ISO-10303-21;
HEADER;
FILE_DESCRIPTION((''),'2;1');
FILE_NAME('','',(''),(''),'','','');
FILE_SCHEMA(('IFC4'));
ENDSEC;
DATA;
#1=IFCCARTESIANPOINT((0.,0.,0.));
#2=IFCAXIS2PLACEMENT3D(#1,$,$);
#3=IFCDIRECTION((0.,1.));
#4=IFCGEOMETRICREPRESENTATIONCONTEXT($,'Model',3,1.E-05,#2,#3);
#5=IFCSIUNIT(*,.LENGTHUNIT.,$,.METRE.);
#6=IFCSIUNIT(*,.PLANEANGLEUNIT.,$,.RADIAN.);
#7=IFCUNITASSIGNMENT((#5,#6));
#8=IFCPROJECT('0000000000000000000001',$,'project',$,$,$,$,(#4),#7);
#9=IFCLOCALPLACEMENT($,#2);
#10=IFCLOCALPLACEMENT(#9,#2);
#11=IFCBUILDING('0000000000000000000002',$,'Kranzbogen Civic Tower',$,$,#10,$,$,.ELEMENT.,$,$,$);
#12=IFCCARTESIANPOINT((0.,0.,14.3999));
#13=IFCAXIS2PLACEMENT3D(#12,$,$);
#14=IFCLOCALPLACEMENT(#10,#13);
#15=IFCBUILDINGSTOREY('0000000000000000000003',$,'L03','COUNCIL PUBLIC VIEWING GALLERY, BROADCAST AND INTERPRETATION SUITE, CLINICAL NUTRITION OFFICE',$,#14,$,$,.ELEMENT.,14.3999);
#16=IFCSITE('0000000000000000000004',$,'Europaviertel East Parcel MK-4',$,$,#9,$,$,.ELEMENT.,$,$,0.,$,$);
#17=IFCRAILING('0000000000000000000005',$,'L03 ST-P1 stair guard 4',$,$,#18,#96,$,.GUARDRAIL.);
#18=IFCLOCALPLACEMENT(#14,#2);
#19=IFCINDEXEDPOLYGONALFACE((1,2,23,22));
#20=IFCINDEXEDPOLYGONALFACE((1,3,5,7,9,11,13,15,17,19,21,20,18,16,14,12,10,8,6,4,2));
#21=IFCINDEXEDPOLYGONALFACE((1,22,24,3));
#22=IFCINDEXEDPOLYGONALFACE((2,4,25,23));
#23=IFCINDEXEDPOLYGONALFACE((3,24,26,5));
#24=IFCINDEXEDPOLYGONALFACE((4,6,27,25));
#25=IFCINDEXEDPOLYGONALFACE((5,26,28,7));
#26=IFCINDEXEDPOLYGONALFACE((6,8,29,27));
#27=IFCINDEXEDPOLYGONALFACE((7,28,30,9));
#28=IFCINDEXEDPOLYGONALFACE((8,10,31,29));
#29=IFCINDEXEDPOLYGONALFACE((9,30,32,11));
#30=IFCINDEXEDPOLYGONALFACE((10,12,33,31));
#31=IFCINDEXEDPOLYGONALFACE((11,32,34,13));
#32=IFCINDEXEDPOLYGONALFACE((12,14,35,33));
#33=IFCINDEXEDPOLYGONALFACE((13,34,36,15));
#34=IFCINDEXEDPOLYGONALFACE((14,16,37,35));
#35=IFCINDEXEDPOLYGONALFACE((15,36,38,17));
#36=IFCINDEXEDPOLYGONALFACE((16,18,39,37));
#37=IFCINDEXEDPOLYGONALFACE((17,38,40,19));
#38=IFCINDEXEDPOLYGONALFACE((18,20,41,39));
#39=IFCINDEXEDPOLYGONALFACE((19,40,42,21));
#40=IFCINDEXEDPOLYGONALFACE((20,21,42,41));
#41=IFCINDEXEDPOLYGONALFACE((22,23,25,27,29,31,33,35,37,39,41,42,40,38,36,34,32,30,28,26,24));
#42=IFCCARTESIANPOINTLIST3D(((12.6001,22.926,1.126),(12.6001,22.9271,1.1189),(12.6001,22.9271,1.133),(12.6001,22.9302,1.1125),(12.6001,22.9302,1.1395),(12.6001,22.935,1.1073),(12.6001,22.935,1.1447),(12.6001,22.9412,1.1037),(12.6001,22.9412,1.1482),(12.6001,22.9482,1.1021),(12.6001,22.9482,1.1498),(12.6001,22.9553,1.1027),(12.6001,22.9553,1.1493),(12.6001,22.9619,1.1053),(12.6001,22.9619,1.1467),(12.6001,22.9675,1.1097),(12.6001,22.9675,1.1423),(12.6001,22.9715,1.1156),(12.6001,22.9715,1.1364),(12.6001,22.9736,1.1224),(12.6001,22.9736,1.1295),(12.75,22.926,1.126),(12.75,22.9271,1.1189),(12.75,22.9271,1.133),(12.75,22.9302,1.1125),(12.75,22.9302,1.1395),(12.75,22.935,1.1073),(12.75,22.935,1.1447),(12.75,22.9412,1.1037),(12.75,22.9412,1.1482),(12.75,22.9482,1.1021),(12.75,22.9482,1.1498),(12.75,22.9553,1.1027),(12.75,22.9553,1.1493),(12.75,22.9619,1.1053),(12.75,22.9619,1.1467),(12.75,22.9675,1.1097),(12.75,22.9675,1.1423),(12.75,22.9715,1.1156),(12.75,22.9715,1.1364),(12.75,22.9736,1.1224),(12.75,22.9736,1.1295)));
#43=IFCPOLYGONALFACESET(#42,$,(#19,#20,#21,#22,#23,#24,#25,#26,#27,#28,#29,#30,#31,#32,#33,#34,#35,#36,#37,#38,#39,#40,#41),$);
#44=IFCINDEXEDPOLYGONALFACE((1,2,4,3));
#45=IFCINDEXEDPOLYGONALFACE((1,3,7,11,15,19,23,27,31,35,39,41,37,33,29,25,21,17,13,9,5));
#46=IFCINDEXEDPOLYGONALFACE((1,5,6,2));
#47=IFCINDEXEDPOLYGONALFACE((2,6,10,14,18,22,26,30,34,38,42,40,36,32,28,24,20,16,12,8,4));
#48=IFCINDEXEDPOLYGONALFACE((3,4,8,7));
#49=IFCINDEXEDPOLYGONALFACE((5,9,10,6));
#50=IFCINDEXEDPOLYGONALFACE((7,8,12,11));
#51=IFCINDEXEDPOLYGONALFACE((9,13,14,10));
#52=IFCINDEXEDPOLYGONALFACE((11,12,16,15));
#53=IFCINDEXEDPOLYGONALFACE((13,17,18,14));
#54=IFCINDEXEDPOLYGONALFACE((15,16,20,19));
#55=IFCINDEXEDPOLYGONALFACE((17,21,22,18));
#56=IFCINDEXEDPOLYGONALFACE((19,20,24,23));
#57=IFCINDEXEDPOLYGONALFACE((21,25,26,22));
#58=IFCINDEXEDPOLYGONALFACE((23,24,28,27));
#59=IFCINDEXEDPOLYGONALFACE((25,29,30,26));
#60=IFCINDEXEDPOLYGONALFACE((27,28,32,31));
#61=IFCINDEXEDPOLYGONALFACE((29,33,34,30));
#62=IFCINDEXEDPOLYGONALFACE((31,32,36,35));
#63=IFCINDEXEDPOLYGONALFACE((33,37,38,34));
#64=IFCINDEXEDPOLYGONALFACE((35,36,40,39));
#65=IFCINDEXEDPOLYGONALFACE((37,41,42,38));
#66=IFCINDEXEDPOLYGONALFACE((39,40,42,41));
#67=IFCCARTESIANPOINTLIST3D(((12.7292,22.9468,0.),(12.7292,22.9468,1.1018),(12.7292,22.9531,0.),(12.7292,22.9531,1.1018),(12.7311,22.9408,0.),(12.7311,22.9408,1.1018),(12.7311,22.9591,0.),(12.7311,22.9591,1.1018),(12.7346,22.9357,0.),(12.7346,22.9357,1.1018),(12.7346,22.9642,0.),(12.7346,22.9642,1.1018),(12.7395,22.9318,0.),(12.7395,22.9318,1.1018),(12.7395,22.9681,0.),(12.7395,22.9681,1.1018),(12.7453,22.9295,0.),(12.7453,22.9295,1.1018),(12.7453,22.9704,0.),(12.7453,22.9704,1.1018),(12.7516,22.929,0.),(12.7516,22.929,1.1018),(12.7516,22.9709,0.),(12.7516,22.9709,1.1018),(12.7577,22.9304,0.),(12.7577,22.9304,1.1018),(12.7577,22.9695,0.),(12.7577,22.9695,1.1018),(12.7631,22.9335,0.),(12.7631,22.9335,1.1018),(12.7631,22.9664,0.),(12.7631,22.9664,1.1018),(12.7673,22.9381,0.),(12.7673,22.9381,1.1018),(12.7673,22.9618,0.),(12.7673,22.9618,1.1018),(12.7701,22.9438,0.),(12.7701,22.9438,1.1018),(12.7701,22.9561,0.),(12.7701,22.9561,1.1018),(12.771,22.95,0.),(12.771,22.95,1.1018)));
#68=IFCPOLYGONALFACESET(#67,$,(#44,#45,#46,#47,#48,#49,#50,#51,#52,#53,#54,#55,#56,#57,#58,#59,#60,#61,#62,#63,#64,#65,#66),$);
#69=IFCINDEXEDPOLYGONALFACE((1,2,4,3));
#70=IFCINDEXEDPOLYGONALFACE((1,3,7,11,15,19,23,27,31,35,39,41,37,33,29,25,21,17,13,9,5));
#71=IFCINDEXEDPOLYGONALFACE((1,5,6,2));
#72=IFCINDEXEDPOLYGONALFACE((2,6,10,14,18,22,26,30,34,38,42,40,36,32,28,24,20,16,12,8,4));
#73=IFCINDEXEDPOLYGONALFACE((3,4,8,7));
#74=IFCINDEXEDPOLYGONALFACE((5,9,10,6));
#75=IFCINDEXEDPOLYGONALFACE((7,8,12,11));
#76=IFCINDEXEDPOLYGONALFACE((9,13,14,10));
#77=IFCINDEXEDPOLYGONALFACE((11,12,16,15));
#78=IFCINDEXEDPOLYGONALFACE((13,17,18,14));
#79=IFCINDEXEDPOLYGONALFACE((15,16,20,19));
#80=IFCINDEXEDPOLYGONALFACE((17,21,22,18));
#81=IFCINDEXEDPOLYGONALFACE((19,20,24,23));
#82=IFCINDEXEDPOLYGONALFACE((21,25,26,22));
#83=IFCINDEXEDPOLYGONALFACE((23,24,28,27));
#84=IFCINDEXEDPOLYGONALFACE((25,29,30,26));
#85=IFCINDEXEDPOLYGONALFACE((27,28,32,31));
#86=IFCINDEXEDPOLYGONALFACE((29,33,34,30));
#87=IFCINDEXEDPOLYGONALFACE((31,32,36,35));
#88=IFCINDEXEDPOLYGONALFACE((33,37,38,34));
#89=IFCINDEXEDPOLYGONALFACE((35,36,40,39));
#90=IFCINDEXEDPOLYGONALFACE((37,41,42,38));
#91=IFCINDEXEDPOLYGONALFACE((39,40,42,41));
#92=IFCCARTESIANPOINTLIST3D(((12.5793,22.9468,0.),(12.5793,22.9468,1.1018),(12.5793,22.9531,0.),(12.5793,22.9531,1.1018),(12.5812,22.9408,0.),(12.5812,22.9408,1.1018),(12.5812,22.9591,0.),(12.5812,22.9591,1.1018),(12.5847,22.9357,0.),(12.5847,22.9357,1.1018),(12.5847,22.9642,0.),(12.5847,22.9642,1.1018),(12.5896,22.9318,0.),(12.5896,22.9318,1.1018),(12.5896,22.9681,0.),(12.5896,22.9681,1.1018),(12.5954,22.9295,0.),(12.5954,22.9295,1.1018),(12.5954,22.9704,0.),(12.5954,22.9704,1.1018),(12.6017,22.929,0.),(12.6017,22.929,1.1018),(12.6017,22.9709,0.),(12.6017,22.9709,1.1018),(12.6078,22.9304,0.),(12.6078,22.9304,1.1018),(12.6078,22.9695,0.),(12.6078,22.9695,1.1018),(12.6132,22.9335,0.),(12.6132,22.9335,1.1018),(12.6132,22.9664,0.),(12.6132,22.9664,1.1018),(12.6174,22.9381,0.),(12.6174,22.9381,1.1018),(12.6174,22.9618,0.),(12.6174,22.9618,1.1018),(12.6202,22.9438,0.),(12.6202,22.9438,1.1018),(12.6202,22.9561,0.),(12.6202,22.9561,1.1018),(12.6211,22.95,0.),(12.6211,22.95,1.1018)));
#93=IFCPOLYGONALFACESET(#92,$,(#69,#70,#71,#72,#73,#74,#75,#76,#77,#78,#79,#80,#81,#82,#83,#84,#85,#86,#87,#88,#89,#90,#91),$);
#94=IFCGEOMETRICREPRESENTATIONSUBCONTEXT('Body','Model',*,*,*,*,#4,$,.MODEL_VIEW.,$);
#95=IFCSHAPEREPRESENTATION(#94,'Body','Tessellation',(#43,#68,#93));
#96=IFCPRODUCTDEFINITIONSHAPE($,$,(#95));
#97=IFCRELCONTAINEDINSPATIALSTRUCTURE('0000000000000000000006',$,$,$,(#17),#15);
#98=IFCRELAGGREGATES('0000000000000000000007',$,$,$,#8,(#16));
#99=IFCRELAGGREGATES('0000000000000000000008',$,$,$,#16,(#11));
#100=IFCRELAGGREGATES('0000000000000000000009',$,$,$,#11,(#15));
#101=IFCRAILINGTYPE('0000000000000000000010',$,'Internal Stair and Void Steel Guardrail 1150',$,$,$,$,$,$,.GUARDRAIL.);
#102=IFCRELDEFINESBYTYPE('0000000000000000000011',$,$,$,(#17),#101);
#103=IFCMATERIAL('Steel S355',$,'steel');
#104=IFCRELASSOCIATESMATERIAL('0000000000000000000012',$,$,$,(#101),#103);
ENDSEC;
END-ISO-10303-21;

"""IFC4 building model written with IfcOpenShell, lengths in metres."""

from ifc_helpers import new_model, si_unit, direction, frame, origin, origin_2d, place, context, subcontext, project, spatial, circle, extrude, material, type_object, element, save


model = new_model("IFC4")

# Units and contexts
model_context = context("Model", 3, precision=1e-05, world=origin(), true_north=direction((0.0, 1.0)))
body_context = subcontext(model_context, "Body", "Model", "MODEL_VIEW")
ifc_project = project(units=[si_unit("LENGTHUNIT", "METRE"), si_unit("PLANEANGLEUNIT", "RADIAN")], contexts=[model_context])

# Site, building, storey
site_placement = place(None, origin())
site = spatial("IfcSite", under=ifc_project, at=site_placement, Name="Europaviertel East Parcel MK-4", CompositionType="ELEMENT", RefElevation=0.0)
building_placement = place(site_placement, origin())
building = spatial("IfcBuilding", under=site, at=building_placement, Name="Kranzbogen Civic Tower", CompositionType="ELEMENT")
storey_placement = place(building_placement, frame((0.0, 0.0, 14.3999)))
storey = spatial("IfcBuildingStorey", under=building, at=storey_placement, Name="L03", Description="COUNCIL PUBLIC VIEWING GALLERY, BROADCAST AND INTERPRETATION SUITE, CLINICAL NUTRITION OFFICE", CompositionType="ELEMENT", Elevation=14.3999)

# Shared definitions
ifc_material_1 = material(Name="Steel S355", Category="steel")

# Railing
railing_type_1 = type_object("IfcRailingType", Name="Internal Stair and Void Steel Guardrail 1150", PredefinedType="GUARDRAIL", material=ifc_material_1)
railing_1_placement = place(storey_placement, frame((12.75, 22.95, 0.0)))
element("IfcRailing", 1, at=railing_1_placement, inside=storey, type_object=railing_type_1, Name="L03 ST-P1 stair guard 4", PredefinedType="GUARDRAIL", context=body_context, shape_type="SweptSolid", body=[
    extrude(circle(Radius=0.0239, at=origin_2d()), frame((0.0, 0.0, 1.126), z_axis=(-1.0, 0.0, 0.0), x_axis=(0.0, -1.0, 0.0)), (0.0, 0.0, 1.0), 0.1499),
    extrude(circle(Radius=0.021, at=origin_2d()), origin(), (0.0, 0.0, 1.0), 1.1018),
    extrude(circle(Radius=0.021, at=origin_2d()), frame((-0.1499, 0.0, 0.0)), (0.0, 0.0, 1.0), 1.1018),
])

save(model, "model.ifc")
